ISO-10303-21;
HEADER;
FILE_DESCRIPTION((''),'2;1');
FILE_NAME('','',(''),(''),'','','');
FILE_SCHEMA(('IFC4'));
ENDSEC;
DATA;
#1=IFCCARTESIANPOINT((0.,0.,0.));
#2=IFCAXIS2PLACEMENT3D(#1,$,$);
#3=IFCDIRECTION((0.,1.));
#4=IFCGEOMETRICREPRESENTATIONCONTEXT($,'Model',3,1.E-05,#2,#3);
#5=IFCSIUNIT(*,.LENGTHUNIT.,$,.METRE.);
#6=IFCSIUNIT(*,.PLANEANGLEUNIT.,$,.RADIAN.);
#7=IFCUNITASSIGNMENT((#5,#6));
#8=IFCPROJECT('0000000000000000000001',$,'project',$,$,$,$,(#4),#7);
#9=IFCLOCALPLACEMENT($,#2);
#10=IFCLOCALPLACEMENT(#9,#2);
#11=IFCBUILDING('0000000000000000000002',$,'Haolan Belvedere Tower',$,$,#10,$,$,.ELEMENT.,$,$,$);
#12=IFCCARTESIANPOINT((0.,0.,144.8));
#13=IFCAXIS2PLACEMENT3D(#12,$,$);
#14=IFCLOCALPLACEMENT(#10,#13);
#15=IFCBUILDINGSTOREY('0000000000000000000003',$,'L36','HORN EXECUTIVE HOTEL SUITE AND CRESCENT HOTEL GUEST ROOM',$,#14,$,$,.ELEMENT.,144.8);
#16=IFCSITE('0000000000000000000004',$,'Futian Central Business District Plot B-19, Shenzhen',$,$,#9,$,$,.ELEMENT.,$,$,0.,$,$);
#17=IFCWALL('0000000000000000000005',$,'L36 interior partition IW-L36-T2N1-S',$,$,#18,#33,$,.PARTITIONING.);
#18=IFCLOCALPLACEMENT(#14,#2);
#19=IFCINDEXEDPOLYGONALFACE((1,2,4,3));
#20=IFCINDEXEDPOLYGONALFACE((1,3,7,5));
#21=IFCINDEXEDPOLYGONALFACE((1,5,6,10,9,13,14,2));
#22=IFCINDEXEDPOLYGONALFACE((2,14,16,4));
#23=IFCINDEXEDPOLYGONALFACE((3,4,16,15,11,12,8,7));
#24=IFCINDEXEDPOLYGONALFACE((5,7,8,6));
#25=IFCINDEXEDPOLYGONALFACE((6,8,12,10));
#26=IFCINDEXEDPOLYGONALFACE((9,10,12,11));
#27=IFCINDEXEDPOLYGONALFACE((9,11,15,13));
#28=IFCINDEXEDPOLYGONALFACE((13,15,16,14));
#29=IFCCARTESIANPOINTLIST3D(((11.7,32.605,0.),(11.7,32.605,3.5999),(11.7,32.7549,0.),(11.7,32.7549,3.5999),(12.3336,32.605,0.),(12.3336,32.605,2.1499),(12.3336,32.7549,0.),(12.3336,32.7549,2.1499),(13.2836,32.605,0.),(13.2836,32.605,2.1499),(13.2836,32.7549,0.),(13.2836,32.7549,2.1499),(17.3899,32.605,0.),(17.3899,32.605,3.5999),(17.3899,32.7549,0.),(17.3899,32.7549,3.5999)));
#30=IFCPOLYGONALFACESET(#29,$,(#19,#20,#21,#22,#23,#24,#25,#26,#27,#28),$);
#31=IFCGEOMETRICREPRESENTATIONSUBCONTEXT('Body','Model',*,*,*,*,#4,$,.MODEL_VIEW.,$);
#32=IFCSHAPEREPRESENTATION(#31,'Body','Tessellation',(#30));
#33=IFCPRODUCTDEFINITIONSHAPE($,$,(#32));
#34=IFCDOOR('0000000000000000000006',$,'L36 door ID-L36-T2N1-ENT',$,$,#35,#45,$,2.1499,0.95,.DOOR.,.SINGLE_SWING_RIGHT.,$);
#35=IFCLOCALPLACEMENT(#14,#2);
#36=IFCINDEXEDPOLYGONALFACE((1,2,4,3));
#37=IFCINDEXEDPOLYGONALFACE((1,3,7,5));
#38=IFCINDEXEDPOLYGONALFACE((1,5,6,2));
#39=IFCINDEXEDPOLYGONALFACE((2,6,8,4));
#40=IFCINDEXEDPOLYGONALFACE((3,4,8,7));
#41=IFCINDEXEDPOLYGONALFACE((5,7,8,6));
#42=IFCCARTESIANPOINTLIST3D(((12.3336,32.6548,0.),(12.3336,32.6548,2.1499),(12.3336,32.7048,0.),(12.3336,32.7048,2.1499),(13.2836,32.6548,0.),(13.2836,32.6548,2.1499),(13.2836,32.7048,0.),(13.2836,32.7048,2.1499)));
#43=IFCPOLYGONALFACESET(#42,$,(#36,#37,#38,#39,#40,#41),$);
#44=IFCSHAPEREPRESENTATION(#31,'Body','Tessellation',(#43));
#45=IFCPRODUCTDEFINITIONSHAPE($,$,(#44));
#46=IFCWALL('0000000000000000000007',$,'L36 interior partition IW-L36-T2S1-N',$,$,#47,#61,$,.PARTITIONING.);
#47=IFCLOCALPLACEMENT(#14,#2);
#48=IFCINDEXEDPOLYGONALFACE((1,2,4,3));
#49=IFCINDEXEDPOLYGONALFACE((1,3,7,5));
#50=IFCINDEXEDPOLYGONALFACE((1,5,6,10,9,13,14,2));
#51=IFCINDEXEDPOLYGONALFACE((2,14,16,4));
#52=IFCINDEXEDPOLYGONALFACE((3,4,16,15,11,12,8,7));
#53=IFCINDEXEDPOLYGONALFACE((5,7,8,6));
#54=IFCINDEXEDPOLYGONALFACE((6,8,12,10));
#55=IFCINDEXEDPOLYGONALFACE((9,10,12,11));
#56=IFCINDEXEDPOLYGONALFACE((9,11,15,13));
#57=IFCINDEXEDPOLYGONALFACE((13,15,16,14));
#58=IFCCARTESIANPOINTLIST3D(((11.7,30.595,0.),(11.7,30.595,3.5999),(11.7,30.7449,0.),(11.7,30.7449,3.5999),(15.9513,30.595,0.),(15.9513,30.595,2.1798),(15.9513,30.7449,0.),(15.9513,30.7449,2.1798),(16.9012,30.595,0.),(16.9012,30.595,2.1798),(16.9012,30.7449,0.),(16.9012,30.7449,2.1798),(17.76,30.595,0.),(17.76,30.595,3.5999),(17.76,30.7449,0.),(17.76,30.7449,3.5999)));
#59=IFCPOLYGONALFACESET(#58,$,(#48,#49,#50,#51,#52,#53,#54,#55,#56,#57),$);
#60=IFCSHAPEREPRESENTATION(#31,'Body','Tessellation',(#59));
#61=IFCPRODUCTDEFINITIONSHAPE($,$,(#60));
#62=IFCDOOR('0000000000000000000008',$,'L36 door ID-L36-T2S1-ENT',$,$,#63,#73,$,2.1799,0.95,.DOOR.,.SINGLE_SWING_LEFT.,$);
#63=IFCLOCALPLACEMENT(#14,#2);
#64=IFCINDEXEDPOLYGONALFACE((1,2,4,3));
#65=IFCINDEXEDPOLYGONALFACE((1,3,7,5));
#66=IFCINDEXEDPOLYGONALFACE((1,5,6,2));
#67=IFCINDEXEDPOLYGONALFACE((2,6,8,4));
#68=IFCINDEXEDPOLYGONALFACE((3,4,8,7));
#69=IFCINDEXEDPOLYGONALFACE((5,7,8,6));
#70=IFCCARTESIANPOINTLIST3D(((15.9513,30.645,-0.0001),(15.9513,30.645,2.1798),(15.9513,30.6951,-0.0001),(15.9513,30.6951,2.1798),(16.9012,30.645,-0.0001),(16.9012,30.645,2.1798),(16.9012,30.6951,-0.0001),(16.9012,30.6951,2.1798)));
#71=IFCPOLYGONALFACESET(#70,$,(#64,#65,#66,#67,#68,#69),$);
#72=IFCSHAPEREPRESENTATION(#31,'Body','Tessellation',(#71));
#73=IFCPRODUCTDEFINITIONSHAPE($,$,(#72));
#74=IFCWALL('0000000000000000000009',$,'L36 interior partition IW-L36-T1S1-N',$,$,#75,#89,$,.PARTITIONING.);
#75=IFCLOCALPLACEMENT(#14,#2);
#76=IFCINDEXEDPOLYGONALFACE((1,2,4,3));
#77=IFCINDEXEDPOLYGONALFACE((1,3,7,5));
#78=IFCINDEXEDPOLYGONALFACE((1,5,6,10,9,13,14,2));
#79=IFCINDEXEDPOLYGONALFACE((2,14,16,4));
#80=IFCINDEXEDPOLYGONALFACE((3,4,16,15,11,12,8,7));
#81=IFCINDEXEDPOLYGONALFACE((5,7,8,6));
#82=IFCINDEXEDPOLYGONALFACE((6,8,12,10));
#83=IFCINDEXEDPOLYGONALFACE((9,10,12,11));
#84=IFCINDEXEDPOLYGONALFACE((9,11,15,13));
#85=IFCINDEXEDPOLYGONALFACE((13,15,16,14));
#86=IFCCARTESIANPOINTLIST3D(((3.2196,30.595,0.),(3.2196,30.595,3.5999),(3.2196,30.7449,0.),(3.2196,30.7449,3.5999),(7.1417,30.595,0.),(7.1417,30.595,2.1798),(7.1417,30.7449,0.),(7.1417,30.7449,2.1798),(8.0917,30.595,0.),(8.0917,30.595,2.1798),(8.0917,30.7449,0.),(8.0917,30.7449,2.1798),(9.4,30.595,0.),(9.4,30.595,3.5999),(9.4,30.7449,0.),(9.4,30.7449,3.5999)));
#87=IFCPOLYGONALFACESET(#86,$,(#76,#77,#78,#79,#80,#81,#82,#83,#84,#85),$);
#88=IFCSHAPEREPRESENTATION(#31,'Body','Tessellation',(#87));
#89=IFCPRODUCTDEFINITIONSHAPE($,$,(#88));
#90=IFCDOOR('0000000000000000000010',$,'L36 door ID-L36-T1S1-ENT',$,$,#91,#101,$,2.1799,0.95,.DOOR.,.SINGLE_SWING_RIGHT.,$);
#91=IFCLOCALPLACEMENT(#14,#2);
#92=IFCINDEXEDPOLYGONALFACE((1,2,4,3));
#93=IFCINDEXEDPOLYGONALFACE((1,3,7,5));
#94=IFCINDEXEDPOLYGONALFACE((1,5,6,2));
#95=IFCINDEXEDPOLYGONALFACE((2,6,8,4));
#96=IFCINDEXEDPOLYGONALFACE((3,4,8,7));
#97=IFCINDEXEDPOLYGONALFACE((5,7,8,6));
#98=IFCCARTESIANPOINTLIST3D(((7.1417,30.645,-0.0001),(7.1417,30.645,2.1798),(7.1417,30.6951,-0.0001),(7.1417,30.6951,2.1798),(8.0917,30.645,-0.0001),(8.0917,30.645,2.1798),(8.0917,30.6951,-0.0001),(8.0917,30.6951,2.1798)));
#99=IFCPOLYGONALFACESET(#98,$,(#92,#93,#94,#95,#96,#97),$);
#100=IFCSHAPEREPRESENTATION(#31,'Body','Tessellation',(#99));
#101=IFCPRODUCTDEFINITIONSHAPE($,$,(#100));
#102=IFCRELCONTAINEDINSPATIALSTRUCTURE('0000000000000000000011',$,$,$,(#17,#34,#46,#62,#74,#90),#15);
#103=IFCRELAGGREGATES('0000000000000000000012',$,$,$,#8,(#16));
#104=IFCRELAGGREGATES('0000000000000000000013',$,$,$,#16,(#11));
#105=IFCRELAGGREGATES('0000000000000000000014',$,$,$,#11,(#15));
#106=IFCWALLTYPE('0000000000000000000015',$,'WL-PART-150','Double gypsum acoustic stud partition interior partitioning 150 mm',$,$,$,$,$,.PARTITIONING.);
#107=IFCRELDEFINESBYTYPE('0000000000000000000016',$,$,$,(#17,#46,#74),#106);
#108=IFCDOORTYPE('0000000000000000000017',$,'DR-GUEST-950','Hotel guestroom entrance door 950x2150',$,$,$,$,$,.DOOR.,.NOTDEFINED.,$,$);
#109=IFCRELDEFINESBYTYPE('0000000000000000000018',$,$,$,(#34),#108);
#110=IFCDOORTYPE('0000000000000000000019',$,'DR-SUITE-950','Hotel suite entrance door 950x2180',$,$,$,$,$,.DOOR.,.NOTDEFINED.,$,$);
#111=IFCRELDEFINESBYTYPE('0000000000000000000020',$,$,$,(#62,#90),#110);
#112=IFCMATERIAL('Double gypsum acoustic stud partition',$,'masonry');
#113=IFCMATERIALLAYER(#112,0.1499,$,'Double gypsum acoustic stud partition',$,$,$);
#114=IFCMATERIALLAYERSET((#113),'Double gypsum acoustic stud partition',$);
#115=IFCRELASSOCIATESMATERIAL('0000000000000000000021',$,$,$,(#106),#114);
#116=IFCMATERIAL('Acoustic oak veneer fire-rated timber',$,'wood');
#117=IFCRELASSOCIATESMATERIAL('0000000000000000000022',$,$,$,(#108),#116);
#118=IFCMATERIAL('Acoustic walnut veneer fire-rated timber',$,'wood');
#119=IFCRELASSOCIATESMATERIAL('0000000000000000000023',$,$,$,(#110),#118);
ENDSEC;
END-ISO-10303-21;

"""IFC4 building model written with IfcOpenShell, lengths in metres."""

from ifc_helpers import new_model, si_unit, direction, frame, frame_2d, origin, place, context, subcontext, project, spatial, rectangle, extrude, material, layer, layer_set, type_object, element, fill, save


model = new_model("IFC4")

# Units and contexts
model_context = context("Model", 3, precision=1e-05, world=origin(), true_north=direction((0.0, 1.0)))
body_context = subcontext(model_context, "Body", "Model", "MODEL_VIEW")
ifc_project = project(units=[si_unit("LENGTHUNIT", "METRE"), si_unit("PLANEANGLEUNIT", "RADIAN")], contexts=[model_context])

# Site, building, storey
site_placement = place(None, origin())
site = spatial("IfcSite", under=ifc_project, at=site_placement, Name="Futian Central Business District Plot B-19, Shenzhen", CompositionType="ELEMENT", RefElevation=0.0)
building_placement = place(site_placement, origin())
building = spatial("IfcBuilding", under=site, at=building_placement, Name="Haolan Belvedere Tower", CompositionType="ELEMENT")
storey_placement = place(building_placement, frame((0.0, 0.0, 144.8)))
storey = spatial("IfcBuildingStorey", under=building, at=storey_placement, Name="L36", Description="HORN EXECUTIVE HOTEL SUITE AND CRESCENT HOTEL GUEST ROOM", CompositionType="ELEMENT", Elevation=144.8)

# Walls, openings, doors
ifc_material_1 = material(Name="Double gypsum acoustic stud partition", Category="masonry")
ifc_layer_1 = layer(ifc_material_1, 0.1499, Name="Double gypsum acoustic stud partition")
ifc_layer_set_1 = layer_set([ifc_layer_1], Name="Double gypsum acoustic stud partition")
wall_type_1 = type_object("IfcWallType", Name="WL-PART-150", Description="Double gypsum acoustic stud partition interior partitioning 150 mm", PredefinedType="PARTITIONING", material=ifc_layer_set_1)
wall_1_placement = place(storey_placement, frame((11.7, 32.6799, 0.0), z_axis=(0.0, 0.0, 1.0), x_axis=(1.0, 0.0, 0.0)))
wall_1 = element("IfcWall", 1, at=wall_1_placement, inside=storey, type_object=wall_type_1, Name="L36 interior partition IW-L36-T2N1-S", PredefinedType="PARTITIONING", context=body_context, shape_type="SweptSolid", body=[
    extrude(rectangle(XDim=5.6899, YDim=0.1499, at=frame_2d((2.845, 0.0))), origin(), (0.0, 0.0, 1.0), 3.5999),
])
opening_1_placement = place(wall_1_placement, frame((0.6335, 0.0, 0.0)))
opening_1 = element("IfcOpeningElement", 2, at=opening_1_placement, cuts=wall_1, PredefinedType="OPENING", context=body_context, shape_type="SweptSolid", body=[
    extrude(rectangle(XDim=0.95, YDim=2.1499, at=frame_2d((0.4751, 1.075))), frame((0.0, 0.085, 0.0), z_axis=(0.0, -1.0, 0.0), x_axis=(1.0, 0.0, 0.0)), (0.0, 0.0, 1.0), 0.1699),
])
ifc_material_2 = material(Name="Acoustic oak veneer fire-rated timber", Category="wood")
door_type_1 = type_object("IfcDoorType", Name="DR-GUEST-950", Description="Hotel guestroom entrance door 950x2150", OperationType="NOTDEFINED", PredefinedType="DOOR", material=ifc_material_2)
door_1_placement = place(opening_1_placement, origin())
door_1 = element("IfcDoor", 3, at=door_1_placement, inside=storey, type_object=door_type_1, Name="L36 door ID-L36-T2N1-ENT", OperationType="SINGLE_SWING_RIGHT", OverallHeight=2.1499, OverallWidth=0.95, PredefinedType="DOOR", context=body_context, shape_type="SweptSolid", body=[
    extrude(rectangle(XDim=0.95, YDim=2.1499, at=frame_2d((0.4751, 1.075))), frame((0.0, 0.0249, 0.0), z_axis=(0.0, -1.0, 0.0), x_axis=(1.0, 0.0, 0.0)), (0.0, 0.0, 1.0), 0.05),
])
fill(opening_1, door_1)
wall_2_placement = place(storey_placement, frame((11.7, 30.6699, 0.0), z_axis=(0.0, 0.0, 1.0), x_axis=(1.0, 0.0, 0.0)))
wall_2 = element("IfcWall", 4, at=wall_2_placement, inside=storey, type_object=wall_type_1, Name="L36 interior partition IW-L36-T2S1-N", PredefinedType="PARTITIONING", context=body_context, shape_type="SweptSolid", body=[
    extrude(rectangle(XDim=6.0601, YDim=0.1499, at=frame_2d((3.03, 0.0))), origin(), (0.0, 0.0, 1.0), 3.5999),
])
opening_2_placement = place(wall_2_placement, frame((5.2014, 0.0, 0.0), z_axis=(0.0, 0.0, 1.0), x_axis=(-1.0, 0.0, 0.0)))
opening_2 = element("IfcOpeningElement", 5, at=opening_2_placement, cuts=wall_2, PredefinedType="OPENING", context=body_context, shape_type="SweptSolid", body=[
    extrude(rectangle(XDim=0.95, YDim=2.1799, at=frame_2d((0.4751, 1.0898))), frame((0.0, 0.085, 0.0), z_axis=(0.0, -1.0, 0.0), x_axis=(1.0, 0.0, 0.0)), (0.0, 0.0, 1.0), 0.1699),
])
ifc_material_3 = material(Name="Acoustic walnut veneer fire-rated timber", Category="wood")
door_type_2 = type_object("IfcDoorType", Name="DR-SUITE-950", Description="Hotel suite entrance door 950x2180", OperationType="NOTDEFINED", PredefinedType="DOOR", material=ifc_material_3)
door_2_placement = place(opening_2_placement, origin())
door_2 = element("IfcDoor", 6, at=door_2_placement, inside=storey, type_object=door_type_2, Name="L36 door ID-L36-T2S1-ENT", OperationType="SINGLE_SWING_LEFT", OverallHeight=2.1799, OverallWidth=0.95, PredefinedType="DOOR", context=body_context, shape_type="SweptSolid", body=[
    extrude(rectangle(XDim=0.95, YDim=2.1799, at=frame_2d((0.4751, 1.0898))), frame((0.0, 0.0249, 0.0), z_axis=(0.0, -1.0, 0.0), x_axis=(1.0, 0.0, 0.0)), (0.0, 0.0, 1.0), 0.05),
])
fill(opening_2, door_2)
wall_3_placement = place(storey_placement, frame((3.2195, 30.6699, 0.0), z_axis=(0.0, 0.0, 1.0), x_axis=(1.0, 0.0, 0.0)))
wall_3 = element("IfcWall", 7, at=wall_3_placement, inside=storey, type_object=wall_type_1, Name="L36 interior partition IW-L36-T1S1-N", PredefinedType="PARTITIONING", context=body_context, shape_type="SweptSolid", body=[
    extrude(rectangle(XDim=6.1804, YDim=0.1499, at=frame_2d((3.0903, 0.0))), origin(), (0.0, 0.0, 1.0), 3.5999),
])
opening_3_placement = place(wall_3_placement, frame((4.8723, 0.0, 0.0), z_axis=(0.0, 0.0, 1.0), x_axis=(-1.0, 0.0, 0.0)))
opening_3 = element("IfcOpeningElement", 8, at=opening_3_placement, cuts=wall_3, PredefinedType="OPENING", context=body_context, shape_type="SweptSolid", body=[
    extrude(rectangle(XDim=0.95, YDim=2.1799, at=frame_2d((0.4751, 1.0898))), frame((0.0, 0.085, 0.0), z_axis=(0.0, -1.0, 0.0), x_axis=(1.0, 0.0, 0.0)), (0.0, 0.0, 1.0), 0.1699),
])
door_3_placement = place(opening_3_placement, origin())
door_3 = element("IfcDoor", 9, at=door_3_placement, inside=storey, type_object=door_type_2, Name="L36 door ID-L36-T1S1-ENT", OperationType="SINGLE_SWING_RIGHT", OverallHeight=2.1799, OverallWidth=0.95, PredefinedType="DOOR", context=body_context, shape_type="SweptSolid", body=[
    extrude(rectangle(XDim=0.95, YDim=2.1799, at=frame_2d((0.4751, 1.0898))), frame((0.0, 0.0249, 0.0), z_axis=(0.0, -1.0, 0.0), x_axis=(1.0, 0.0, 0.0)), (0.0, 0.0, 1.0), 0.05),
])
fill(opening_3, door_3)

save(model, "model.ifc")
